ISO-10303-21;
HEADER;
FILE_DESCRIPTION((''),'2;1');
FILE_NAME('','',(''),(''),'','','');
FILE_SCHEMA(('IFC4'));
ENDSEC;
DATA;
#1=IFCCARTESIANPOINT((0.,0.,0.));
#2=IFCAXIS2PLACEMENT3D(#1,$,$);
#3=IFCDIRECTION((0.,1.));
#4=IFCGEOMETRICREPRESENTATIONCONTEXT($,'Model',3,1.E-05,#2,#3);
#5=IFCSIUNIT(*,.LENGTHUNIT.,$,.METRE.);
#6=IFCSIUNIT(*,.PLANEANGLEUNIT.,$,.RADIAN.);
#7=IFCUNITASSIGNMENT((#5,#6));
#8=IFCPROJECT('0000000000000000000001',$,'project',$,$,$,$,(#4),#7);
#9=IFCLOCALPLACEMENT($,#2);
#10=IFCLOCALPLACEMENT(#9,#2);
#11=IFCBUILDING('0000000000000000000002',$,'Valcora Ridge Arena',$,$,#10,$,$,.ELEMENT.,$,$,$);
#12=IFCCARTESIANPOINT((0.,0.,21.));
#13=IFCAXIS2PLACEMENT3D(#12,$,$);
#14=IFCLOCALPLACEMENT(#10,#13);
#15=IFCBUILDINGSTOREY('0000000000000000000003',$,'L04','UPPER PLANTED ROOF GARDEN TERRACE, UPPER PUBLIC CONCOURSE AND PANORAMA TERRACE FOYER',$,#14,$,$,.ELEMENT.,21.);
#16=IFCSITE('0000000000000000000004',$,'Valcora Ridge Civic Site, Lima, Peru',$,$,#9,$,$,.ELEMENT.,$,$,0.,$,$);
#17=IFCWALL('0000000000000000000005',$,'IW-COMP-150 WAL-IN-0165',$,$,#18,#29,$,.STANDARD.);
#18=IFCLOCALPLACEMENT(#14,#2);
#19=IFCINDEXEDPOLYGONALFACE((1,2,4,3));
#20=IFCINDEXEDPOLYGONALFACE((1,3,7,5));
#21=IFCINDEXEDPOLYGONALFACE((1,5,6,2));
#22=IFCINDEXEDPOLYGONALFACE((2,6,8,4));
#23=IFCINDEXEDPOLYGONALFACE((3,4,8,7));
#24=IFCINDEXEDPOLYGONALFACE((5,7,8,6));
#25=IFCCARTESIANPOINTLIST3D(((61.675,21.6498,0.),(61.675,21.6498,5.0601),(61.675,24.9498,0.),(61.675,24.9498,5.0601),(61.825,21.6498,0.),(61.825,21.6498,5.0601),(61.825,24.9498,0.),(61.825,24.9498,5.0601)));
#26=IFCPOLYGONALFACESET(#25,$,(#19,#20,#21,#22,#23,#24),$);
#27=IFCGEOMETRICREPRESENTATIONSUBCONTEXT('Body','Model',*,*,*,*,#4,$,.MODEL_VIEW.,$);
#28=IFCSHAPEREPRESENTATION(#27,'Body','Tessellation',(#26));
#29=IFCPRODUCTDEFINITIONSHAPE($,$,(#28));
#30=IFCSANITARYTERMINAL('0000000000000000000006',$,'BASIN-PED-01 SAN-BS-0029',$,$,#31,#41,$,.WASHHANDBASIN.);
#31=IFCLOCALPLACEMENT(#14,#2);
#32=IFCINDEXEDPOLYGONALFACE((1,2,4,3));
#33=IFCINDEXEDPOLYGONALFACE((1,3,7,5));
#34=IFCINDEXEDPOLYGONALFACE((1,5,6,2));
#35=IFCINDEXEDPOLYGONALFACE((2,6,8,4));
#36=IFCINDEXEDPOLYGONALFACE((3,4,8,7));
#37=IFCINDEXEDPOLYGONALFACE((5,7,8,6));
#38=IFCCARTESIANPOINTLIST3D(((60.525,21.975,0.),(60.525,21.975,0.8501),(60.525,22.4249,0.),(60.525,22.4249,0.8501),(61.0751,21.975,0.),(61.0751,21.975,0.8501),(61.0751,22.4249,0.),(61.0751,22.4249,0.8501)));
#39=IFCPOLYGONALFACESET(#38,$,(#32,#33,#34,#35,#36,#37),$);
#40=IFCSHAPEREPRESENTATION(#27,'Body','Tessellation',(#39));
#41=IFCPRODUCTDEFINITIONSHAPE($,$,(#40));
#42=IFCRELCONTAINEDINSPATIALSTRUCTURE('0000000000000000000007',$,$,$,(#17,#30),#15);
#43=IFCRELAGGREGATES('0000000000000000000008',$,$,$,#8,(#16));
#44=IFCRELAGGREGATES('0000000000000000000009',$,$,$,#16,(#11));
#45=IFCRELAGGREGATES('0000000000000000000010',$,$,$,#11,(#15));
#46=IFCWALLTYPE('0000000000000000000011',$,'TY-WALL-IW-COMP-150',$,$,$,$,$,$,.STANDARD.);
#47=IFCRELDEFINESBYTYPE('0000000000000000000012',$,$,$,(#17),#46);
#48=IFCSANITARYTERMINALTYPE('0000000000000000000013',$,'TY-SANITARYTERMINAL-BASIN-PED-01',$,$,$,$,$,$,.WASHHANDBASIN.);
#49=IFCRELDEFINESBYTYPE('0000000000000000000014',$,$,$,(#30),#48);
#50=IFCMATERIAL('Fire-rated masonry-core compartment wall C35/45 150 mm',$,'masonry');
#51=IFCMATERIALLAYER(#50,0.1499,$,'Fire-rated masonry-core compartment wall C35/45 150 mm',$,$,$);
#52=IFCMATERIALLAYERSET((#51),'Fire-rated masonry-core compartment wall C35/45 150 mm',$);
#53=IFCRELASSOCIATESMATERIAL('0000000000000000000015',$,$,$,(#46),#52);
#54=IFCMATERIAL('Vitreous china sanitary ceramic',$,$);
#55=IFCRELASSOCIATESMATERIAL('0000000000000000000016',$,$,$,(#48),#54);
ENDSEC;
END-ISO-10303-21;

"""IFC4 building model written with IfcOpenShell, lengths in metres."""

from ifc_helpers import new_model, si_unit, direction, frame, frame_2d, origin, origin_2d, place, context, subcontext, project, spatial, rectangle, extrude, material, layer, layer_set, type_object, element, save


model = new_model("IFC4")

# Units and contexts
model_context = context("Model", 3, precision=1e-05, world=origin(), true_north=direction((0.0, 1.0)))
body_context = subcontext(model_context, "Body", "Model", "MODEL_VIEW")
ifc_project = project(units=[si_unit("LENGTHUNIT", "METRE"), si_unit("PLANEANGLEUNIT", "RADIAN")], contexts=[model_context])

# Site, building, storey
site_placement = place(None, origin())
site = spatial("IfcSite", under=ifc_project, at=site_placement, Name="Valcora Ridge Civic Site, Lima, Peru", CompositionType="ELEMENT", RefElevation=0.0)
building_placement = place(site_placement, origin())
building = spatial("IfcBuilding", under=site, at=building_placement, Name="Valcora Ridge Arena", CompositionType="ELEMENT")
storey_placement = place(building_placement, frame((0.0, 0.0, 21.0)))
storey = spatial("IfcBuildingStorey", under=building, at=storey_placement, Name="L04", Description="UPPER PLANTED ROOF GARDEN TERRACE, UPPER PUBLIC CONCOURSE AND PANORAMA TERRACE FOYER", CompositionType="ELEMENT", Elevation=21.0)

# Shared definitions
ifc_material_1 = material(Name="Fire-rated masonry-core compartment wall C35/45 150 mm", Category="masonry")
ifc_layer_1 = layer(ifc_material_1, 0.1499, Name="Fire-rated masonry-core compartment wall C35/45 150 mm")
ifc_layer_set_1 = layer_set([ifc_layer_1], Name="Fire-rated masonry-core compartment wall C35/45 150 mm")
wall_type = type_object("IfcWallType", Name="TY-WALL-IW-COMP-150", PredefinedType="STANDARD", material=ifc_layer_set_1)

# Wall
wall_1_placement = place(storey_placement, frame((61.75, 21.6499, 0.0), z_axis=(0.0, 0.0, 1.0), x_axis=(0.0, 1.0, 0.0)))
element("IfcWall", 1, at=wall_1_placement, inside=storey, type_object=wall_type, Name="IW-COMP-150 WAL-IN-0165", PredefinedType="STANDARD", context=body_context, shape_type="SweptSolid", body=[
    extrude(rectangle(XDim=3.3, YDim=0.1499, at=frame_2d((1.6499, 0.0))), origin(), (0.0, 0.0, 1.0), 5.0601),
])

# Sanitary terminal
ifc_material_2 = material(Name="Vitreous china sanitary ceramic")
sanitary_terminal_type = type_object("IfcSanitaryTerminalType", Name="TY-SANITARYTERMINAL-BASIN-PED-01", PredefinedType="WASHHANDBASIN", material=ifc_material_2)
sanitary_terminal_placement = place(storey_placement, frame((60.8, 22.2, 0.0), z_axis=(0.0, 0.0, 1.0), x_axis=(1.0, 0.0, 0.0)))
element("IfcSanitaryTerminal", 2, at=sanitary_terminal_placement, inside=storey, type_object=sanitary_terminal_type, Name="BASIN-PED-01 SAN-BS-0029", PredefinedType="WASHHANDBASIN", context=body_context, shape_type="SweptSolid", body=[
    extrude(rectangle(XDim=0.55, YDim=0.45, at=origin_2d()), origin(), (0.0, 0.0, 1.0), 0.8501),
])

save(model, "model.ifc")
